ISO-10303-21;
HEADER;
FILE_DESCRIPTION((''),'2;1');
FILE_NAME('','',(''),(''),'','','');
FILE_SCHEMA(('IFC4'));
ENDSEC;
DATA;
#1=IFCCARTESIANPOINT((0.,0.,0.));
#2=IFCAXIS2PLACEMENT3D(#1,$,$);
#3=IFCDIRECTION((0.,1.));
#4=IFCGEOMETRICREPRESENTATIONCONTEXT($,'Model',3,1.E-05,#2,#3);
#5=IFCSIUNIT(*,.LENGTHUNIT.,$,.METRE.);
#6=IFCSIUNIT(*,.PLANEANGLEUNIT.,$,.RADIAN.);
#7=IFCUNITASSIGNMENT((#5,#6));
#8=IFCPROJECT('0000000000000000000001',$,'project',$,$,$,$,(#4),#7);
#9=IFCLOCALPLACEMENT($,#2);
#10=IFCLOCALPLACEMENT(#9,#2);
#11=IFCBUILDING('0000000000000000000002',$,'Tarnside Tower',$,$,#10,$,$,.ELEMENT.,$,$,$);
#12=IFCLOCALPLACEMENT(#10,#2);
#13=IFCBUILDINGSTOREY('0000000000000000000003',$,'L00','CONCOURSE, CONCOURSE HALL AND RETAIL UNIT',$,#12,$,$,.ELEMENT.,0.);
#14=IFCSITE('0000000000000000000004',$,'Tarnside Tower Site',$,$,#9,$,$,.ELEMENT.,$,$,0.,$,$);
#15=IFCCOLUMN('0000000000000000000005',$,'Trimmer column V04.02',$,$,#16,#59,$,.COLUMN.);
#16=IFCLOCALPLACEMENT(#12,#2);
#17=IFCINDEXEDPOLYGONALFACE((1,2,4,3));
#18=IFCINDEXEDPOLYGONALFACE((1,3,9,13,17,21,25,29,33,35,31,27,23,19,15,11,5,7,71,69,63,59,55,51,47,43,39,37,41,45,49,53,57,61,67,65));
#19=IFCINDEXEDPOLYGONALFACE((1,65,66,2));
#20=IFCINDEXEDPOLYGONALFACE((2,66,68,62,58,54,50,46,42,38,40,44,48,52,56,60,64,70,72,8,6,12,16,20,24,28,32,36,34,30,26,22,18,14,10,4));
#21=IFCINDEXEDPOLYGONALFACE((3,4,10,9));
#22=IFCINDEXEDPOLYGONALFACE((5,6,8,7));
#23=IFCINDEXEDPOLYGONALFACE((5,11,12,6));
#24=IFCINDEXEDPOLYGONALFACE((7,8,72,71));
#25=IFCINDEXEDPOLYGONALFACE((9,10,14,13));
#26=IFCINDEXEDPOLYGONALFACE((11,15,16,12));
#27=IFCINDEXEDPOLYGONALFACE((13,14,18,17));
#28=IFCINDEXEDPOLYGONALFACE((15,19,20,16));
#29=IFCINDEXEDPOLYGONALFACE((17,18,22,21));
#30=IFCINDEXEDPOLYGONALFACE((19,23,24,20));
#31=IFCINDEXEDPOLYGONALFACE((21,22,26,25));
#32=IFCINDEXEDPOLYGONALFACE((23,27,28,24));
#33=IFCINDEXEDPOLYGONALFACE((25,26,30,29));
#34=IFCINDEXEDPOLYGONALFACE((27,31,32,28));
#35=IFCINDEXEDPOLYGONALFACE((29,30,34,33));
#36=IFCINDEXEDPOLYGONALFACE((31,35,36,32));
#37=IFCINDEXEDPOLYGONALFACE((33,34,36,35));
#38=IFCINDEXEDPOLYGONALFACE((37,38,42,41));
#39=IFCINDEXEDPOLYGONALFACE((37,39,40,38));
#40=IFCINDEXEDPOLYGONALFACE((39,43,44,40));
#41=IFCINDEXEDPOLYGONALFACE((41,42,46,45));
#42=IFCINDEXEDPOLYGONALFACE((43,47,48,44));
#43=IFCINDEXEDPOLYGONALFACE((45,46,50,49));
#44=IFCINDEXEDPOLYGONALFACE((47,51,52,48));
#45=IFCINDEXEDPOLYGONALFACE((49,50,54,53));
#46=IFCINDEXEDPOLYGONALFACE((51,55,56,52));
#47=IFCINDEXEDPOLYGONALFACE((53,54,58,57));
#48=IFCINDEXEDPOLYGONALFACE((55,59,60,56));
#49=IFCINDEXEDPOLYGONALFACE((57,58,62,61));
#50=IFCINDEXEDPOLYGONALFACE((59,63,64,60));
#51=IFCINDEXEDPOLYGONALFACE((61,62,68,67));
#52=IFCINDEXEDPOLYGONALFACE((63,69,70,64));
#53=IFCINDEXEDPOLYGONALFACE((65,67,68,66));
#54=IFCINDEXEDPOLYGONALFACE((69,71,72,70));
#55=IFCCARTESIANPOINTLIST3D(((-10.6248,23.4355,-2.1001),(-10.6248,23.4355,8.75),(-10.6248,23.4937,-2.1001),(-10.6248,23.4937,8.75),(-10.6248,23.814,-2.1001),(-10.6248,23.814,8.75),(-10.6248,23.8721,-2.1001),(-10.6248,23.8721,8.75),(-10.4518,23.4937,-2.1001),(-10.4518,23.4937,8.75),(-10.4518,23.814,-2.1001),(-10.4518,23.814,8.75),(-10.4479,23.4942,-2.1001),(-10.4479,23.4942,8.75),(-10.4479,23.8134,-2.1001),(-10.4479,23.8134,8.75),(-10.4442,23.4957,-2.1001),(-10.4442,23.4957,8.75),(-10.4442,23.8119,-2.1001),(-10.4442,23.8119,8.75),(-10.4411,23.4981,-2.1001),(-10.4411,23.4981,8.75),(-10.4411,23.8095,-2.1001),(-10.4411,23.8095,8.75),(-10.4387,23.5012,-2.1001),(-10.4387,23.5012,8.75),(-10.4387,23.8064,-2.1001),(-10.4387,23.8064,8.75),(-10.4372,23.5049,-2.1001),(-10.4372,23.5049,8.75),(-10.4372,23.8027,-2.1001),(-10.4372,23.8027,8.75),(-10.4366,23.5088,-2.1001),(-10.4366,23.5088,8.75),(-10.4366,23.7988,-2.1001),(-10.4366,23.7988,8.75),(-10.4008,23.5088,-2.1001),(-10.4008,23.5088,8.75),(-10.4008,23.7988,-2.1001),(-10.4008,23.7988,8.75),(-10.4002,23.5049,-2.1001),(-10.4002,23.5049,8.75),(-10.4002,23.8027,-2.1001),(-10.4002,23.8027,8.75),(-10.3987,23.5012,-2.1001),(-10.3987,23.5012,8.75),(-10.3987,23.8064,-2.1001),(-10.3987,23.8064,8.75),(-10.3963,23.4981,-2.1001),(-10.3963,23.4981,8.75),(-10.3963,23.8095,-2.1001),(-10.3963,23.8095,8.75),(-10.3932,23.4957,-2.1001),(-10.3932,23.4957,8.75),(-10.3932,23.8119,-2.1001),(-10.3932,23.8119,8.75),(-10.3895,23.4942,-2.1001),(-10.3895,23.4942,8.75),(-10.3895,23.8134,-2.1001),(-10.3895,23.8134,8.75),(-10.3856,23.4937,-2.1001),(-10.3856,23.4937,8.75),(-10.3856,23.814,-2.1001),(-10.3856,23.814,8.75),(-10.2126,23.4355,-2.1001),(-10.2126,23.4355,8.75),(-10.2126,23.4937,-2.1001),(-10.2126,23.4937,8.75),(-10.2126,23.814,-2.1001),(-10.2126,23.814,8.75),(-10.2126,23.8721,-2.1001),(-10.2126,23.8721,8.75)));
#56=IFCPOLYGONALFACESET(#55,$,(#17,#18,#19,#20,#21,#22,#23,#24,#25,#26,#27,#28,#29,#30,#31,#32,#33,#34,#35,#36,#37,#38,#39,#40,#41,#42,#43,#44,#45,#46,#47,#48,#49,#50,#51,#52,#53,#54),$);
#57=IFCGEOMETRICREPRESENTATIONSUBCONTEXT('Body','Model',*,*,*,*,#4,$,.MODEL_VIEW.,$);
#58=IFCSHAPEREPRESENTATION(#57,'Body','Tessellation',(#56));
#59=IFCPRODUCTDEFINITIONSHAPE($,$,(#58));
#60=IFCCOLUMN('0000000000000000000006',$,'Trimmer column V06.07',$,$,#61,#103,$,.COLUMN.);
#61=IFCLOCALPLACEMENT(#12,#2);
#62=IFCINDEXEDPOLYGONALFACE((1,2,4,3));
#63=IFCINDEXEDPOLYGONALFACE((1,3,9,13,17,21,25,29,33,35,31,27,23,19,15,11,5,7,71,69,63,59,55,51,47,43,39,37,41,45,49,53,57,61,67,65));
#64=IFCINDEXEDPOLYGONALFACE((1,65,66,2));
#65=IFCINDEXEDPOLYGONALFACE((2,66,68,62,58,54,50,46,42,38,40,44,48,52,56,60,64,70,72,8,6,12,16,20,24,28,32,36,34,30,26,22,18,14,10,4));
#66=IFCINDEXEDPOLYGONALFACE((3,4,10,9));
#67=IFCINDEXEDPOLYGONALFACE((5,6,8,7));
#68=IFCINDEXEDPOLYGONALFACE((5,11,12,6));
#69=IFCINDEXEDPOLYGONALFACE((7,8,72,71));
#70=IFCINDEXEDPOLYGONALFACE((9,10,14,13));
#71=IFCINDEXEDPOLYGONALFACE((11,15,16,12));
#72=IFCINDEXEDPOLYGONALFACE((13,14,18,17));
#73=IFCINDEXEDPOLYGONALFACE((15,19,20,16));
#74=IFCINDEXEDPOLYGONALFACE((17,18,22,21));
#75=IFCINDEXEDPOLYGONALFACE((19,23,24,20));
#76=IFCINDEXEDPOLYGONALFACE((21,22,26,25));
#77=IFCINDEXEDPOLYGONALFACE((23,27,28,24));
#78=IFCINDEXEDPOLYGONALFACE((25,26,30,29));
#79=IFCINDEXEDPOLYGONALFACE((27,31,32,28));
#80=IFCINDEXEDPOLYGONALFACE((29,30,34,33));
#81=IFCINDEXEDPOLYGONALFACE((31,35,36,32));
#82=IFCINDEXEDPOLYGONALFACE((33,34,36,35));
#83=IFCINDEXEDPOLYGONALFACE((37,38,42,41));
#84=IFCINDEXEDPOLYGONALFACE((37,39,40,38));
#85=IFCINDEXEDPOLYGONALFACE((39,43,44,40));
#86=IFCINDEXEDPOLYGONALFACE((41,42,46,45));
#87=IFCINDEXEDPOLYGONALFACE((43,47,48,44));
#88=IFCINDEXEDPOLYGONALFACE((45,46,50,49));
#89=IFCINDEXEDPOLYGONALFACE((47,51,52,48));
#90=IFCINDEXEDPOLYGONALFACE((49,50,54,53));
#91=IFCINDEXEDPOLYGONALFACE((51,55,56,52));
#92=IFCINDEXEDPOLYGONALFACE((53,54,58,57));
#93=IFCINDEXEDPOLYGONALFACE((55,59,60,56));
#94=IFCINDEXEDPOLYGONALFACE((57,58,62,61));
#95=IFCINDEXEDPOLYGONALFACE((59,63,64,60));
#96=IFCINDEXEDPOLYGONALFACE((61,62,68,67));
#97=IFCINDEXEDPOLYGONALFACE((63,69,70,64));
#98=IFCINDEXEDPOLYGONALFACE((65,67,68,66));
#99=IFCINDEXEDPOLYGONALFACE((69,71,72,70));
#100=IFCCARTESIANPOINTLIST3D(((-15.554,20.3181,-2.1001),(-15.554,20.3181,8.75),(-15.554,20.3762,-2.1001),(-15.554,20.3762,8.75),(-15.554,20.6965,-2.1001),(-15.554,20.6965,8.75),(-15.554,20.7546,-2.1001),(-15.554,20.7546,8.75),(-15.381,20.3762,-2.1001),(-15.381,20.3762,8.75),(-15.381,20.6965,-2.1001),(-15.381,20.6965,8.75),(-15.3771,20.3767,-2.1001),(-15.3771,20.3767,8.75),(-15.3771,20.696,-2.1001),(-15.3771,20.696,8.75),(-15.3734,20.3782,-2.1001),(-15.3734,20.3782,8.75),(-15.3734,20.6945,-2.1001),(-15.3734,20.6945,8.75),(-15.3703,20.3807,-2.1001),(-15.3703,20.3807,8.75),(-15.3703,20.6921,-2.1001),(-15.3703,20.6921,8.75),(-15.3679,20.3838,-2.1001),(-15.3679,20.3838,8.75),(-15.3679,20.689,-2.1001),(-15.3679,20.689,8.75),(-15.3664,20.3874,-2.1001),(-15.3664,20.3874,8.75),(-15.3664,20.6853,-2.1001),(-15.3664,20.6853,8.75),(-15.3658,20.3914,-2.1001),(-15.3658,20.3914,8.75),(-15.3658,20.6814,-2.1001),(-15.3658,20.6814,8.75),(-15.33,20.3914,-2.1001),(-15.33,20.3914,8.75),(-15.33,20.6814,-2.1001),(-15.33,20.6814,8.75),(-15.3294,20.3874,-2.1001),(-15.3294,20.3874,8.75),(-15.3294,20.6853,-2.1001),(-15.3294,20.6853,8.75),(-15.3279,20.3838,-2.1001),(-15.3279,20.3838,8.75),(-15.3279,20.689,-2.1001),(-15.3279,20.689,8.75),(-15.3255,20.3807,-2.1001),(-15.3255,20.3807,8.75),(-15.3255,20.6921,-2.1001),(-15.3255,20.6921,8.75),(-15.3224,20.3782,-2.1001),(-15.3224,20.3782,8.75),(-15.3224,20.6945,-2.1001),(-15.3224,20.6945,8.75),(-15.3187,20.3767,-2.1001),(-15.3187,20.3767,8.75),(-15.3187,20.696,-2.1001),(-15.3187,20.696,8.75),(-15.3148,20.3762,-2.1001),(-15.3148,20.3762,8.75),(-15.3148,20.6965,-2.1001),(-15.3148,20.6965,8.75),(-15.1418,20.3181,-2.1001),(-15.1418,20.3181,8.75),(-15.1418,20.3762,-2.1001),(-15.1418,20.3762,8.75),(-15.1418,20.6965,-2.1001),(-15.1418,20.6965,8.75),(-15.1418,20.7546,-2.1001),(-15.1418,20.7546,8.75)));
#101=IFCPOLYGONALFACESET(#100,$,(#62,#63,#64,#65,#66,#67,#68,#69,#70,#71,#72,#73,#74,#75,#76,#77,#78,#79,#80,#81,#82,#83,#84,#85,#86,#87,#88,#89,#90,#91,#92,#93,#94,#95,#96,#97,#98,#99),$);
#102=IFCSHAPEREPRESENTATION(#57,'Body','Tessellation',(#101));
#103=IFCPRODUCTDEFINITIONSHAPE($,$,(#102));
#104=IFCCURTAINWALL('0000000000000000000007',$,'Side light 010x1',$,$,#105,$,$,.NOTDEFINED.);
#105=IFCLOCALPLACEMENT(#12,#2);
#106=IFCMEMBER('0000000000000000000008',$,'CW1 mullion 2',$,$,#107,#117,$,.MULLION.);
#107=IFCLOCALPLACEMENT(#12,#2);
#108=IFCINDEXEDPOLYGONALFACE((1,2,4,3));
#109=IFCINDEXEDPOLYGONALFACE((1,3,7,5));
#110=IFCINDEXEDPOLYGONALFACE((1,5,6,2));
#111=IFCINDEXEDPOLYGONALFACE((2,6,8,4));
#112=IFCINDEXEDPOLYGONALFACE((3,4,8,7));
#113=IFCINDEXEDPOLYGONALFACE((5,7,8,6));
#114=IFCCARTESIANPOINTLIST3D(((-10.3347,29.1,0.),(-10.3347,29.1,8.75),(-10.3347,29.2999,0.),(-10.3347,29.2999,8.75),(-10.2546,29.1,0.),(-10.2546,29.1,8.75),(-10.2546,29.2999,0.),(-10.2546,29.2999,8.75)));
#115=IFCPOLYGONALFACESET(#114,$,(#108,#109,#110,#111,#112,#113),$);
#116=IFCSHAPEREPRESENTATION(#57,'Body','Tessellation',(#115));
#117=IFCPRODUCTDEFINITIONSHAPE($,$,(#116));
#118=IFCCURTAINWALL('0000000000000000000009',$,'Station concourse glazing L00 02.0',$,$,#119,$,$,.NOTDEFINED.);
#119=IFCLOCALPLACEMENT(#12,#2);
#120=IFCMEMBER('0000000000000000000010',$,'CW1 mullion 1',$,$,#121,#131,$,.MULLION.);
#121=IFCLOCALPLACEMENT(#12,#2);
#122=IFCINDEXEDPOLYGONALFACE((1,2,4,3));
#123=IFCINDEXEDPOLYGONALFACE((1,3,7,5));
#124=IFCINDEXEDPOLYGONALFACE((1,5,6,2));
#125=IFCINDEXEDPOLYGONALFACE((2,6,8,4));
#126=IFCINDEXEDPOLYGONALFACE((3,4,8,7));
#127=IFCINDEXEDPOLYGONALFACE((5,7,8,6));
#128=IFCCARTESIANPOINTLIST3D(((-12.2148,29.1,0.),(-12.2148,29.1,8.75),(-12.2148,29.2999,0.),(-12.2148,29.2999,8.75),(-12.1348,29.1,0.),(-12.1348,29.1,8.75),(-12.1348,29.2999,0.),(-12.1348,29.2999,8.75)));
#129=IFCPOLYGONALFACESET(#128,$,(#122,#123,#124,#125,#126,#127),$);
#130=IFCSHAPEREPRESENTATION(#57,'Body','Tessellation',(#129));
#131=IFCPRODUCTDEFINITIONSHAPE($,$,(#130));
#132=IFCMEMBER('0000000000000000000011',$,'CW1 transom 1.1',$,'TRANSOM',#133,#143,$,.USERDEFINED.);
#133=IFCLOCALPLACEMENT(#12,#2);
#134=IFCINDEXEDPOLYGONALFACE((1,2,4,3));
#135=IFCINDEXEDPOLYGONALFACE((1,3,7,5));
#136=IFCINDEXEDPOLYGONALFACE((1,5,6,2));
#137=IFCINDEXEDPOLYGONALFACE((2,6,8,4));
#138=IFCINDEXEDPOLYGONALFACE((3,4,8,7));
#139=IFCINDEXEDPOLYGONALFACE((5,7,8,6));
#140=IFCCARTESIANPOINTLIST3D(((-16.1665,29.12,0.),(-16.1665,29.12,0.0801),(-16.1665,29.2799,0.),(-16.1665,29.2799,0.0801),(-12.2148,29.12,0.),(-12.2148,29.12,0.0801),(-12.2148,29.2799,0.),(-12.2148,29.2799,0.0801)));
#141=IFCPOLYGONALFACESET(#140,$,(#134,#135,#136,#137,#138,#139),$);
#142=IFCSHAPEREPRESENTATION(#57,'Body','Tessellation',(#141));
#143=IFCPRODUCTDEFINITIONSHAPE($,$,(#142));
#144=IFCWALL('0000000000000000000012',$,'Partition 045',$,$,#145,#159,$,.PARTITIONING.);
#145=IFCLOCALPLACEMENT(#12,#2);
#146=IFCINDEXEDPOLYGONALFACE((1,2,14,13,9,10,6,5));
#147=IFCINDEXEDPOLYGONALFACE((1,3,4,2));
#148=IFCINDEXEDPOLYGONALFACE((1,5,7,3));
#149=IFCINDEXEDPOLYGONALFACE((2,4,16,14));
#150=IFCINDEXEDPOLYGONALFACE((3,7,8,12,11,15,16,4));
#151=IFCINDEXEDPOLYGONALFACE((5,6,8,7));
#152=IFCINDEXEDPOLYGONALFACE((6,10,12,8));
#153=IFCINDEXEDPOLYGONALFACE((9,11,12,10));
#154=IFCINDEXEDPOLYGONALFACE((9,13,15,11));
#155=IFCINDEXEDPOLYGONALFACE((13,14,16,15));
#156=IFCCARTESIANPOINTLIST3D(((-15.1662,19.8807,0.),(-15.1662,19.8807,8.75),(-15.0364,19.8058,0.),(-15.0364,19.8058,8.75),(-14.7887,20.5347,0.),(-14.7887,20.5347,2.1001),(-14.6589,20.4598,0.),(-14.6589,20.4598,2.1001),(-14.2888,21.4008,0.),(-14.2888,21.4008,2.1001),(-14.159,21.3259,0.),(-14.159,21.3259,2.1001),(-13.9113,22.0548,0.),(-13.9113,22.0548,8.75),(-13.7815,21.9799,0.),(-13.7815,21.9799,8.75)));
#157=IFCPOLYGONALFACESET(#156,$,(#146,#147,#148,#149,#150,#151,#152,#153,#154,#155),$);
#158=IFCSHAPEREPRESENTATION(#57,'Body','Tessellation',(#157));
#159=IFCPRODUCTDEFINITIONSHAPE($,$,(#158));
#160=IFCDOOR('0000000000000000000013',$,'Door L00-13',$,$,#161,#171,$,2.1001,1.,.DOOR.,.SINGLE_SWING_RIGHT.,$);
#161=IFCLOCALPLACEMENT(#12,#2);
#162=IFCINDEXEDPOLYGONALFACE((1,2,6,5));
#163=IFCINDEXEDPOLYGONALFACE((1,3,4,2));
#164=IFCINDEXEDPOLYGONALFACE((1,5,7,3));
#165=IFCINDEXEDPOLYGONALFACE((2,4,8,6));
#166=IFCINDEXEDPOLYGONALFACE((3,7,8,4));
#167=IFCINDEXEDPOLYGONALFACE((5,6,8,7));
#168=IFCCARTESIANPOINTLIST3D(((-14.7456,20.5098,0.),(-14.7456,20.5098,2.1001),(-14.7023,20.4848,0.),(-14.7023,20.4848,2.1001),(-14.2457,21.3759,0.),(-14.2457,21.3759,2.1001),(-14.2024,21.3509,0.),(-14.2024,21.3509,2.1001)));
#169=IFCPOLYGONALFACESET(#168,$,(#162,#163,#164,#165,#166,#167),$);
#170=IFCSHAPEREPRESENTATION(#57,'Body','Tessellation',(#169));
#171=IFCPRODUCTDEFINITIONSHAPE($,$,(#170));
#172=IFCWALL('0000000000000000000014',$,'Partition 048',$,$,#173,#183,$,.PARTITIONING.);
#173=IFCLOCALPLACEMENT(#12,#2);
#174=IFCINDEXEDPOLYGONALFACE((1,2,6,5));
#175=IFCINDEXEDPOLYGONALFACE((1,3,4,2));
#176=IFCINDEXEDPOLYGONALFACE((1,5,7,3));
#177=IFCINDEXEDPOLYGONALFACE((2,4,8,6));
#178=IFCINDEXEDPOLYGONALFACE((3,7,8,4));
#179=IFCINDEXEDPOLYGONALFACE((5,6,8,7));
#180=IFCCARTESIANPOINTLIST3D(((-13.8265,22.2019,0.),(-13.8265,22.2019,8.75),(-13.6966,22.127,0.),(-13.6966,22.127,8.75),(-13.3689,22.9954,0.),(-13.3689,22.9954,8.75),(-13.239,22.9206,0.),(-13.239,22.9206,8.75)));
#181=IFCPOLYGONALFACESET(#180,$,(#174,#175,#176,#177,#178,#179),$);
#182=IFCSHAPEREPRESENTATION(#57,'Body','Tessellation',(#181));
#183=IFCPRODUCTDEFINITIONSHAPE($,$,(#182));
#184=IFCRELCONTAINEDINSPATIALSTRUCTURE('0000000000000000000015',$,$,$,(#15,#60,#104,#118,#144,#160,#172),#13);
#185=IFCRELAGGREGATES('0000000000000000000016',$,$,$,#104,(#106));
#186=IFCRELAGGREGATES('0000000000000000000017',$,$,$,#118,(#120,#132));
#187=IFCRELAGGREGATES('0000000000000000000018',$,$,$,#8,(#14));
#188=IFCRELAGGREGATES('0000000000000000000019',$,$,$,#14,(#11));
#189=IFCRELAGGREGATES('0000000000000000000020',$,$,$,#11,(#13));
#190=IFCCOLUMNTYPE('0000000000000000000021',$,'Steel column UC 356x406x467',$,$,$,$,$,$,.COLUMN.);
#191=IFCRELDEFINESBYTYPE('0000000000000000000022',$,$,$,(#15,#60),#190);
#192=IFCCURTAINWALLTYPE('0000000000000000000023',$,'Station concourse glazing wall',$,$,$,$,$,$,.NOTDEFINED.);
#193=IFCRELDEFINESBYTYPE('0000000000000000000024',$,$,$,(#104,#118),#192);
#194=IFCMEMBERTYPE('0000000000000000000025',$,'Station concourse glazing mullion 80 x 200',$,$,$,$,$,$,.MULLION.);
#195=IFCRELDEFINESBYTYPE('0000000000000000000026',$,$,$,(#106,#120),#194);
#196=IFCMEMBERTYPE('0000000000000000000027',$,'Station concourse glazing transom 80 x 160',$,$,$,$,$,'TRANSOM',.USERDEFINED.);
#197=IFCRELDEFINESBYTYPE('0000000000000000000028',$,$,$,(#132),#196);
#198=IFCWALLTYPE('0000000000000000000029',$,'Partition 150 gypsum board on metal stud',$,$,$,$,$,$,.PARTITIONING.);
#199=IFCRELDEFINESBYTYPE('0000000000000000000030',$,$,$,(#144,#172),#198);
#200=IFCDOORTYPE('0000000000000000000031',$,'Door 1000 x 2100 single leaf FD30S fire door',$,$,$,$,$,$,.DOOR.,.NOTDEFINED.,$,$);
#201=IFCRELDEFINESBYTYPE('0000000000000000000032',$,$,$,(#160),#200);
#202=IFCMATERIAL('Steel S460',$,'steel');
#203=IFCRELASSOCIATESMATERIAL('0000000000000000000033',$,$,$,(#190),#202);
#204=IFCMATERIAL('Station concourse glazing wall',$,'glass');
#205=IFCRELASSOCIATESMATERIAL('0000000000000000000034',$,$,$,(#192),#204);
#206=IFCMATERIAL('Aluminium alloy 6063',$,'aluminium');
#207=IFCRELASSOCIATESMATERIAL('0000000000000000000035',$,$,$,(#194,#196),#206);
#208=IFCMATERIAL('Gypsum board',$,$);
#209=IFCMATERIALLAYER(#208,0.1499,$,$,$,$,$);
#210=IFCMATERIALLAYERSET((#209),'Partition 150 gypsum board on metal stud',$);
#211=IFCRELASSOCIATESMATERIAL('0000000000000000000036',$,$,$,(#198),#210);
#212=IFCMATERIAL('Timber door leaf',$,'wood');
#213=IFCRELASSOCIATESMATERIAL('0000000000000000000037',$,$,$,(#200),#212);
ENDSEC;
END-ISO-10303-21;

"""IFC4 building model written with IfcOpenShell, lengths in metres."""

from ifc_helpers import new_model, si_unit, direction, frame, frame_2d, origin, origin_2d, place, context, subcontext, project, spatial, rectangle, i_section, extrude, material, layer, layer_set, material_profile, profile_set, type_object, element, fill, aggregate, save


model = new_model("IFC4")

# Units and contexts
model_context = context("Model", 3, precision=1e-05, world=origin(), true_north=direction((0.0, 1.0)))
body_context = subcontext(model_context, "Body", "Model", "MODEL_VIEW")
ifc_project = project(units=[si_unit("LENGTHUNIT", "METRE"), si_unit("PLANEANGLEUNIT", "RADIAN")], contexts=[model_context])

# Site, building, storey
site_placement = place(None, origin())
site = spatial("IfcSite", under=ifc_project, at=site_placement, Name="Tarnside Tower Site", CompositionType="ELEMENT", RefElevation=0.0)
building_placement = place(site_placement, origin())
building = spatial("IfcBuilding", under=site, at=building_placement, Name="Tarnside Tower", CompositionType="ELEMENT")
storey_placement = place(building_placement, origin())
storey = spatial("IfcBuildingStorey", under=building, at=storey_placement, Name="L00", Description="CONCOURSE, CONCOURSE HALL AND RETAIL UNIT", CompositionType="ELEMENT", Elevation=0.0)

# Columns
ifc_material_1 = material(Name="Steel S460", Category="steel")
ifc_material_profile_1 = material_profile(ifc_material_1, i_section(OverallWidth=0.4121, OverallDepth=0.4365, WebThickness=0.0359, FlangeThickness=0.0581, FilletRadius=0.0151, at=origin_2d()), Name="UC 356x406x467")
ifc_profile_set_1 = profile_set([ifc_material_profile_1], Name="Steel S460")
column_type_1 = type_object("IfcColumnType", Name="Steel column UC 356x406x467", PredefinedType="COLUMN", material=ifc_profile_set_1)
for number, where, z_axis, x_axis, name in (
    (1, (-10.4187, 23.6538, -2.1001), (0.0, 0.0, 1.0), (1.0, 0.0, 0.0), "Trimmer column V04.02"),
    (2, (-15.3479, 20.5364, -2.1001), (0.0, 0.0, 1.0), (1.0, 0.0, 0.0), "Trimmer column V06.07"),
):
    element("IfcColumn", number, at=place(storey_placement, frame(where, z_axis=z_axis, x_axis=x_axis)), inside=storey, type_object=column_type_1, Name=name, PredefinedType="COLUMN", context=body_context, shape_type="SweptSolid", body=[
        extrude(i_section(OverallWidth=0.4121, OverallDepth=0.4365, WebThickness=0.0359, FlangeThickness=0.0581, FilletRadius=0.0151, at=origin_2d()), origin(), (0.0, 0.0, 1.0), 10.8501),
    ])

# Curtain wall, member
ifc_material_2 = material(Name="Station concourse glazing wall", Category="glass")
curtain_wall_type = type_object("IfcCurtainWallType", Name="Station concourse glazing wall", PredefinedType="NOTDEFINED", material=ifc_material_2)
curtain_wall_1_placement = place(storey_placement, origin())
curtain_wall_1 = element("IfcCurtainWall", 3, at=curtain_wall_1_placement, inside=storey, type_object=curtain_wall_type, Name="Side light 010x1", PredefinedType="NOTDEFINED")
ifc_material_3 = material(Name="Aluminium alloy 6063", Category="aluminium")
ifc_material_profile_2 = material_profile(ifc_material_3, rectangle(XDim=0.2, YDim=0.0801, at=origin_2d()), Name="Station concourse glazing mullion 80 x 200")
ifc_profile_set_2 = profile_set([ifc_material_profile_2], Name="Aluminium alloy 6063")
member_type_1 = type_object("IfcMemberType", Name="Station concourse glazing mullion 80 x 200", PredefinedType="MULLION", material=ifc_profile_set_2)
member_1_placement = place(storey_placement, frame((-10.2947, 29.2, 0.0), z_axis=(0.0, 0.0, 1.0), x_axis=(0.0, -1.0, 0.0)))
member_1 = element("IfcMember", 4, at=member_1_placement, type_object=member_type_1, Name="CW1 mullion 2", PredefinedType="MULLION", context=body_context, shape_type="SweptSolid", body=[
    extrude(rectangle(XDim=0.2, YDim=0.0801, at=origin_2d()), origin(), (0.0, 0.0, 1.0), 8.75),
])
aggregate(curtain_wall_1, [member_1])

# Curtain wall, members
curtain_wall_2_placement = place(storey_placement, origin())
curtain_wall_2 = element("IfcCurtainWall", 5, at=curtain_wall_2_placement, inside=storey, type_object=curtain_wall_type, Name="Station concourse glazing L00 02.0", PredefinedType="NOTDEFINED")
member_2_placement = place(storey_placement, frame((-12.1748, 29.2, 0.0), z_axis=(0.0, 0.0, 1.0), x_axis=(0.0, -1.0, 0.0)))
member_2 = element("IfcMember", 6, at=member_2_placement, type_object=member_type_1, Name="CW1 mullion 1", PredefinedType="MULLION", context=body_context, shape_type="SweptSolid", body=[
    extrude(rectangle(XDim=0.2, YDim=0.0801, at=origin_2d()), origin(), (0.0, 0.0, 1.0), 8.75),
])
ifc_material_profile_3 = material_profile(ifc_material_3, rectangle(XDim=0.1599, YDim=0.0801, at=origin_2d()), Name="Station concourse glazing transom 80 x 160")
ifc_profile_set_3 = profile_set([ifc_material_profile_3], Name="Aluminium alloy 6063")
member_type_2 = type_object("IfcMemberType", Name="Station concourse glazing transom 80 x 160", ElementType="TRANSOM", PredefinedType="USERDEFINED", material=ifc_profile_set_3)
member_3_placement = place(storey_placement, frame((-12.2148, 29.2, 0.04), z_axis=(-1.0, 0.0, 0.0), x_axis=(0.0, -1.0, 0.0)))
member_3 = element("IfcMember", 7, at=member_3_placement, type_object=member_type_2, Name="CW1 transom 1.1", ObjectType="TRANSOM", PredefinedType="USERDEFINED", context=body_context, shape_type="SweptSolid", body=[
    extrude(rectangle(XDim=0.1599, YDim=0.0801, at=origin_2d()), origin(), (0.0, 0.0, 1.0), 3.9517),
])
aggregate(curtain_wall_2, [member_2, member_3])

# Wall, opening, door
ifc_material_4 = material(Name="Gypsum board")
ifc_layer_1 = layer(ifc_material_4, 0.1499)
ifc_layer_set_1 = layer_set([ifc_layer_1], Name="Partition 150 gypsum board on metal stud")
wall_type_1 = type_object("IfcWallType", Name="Partition 150 gypsum board on metal stud", PredefinedType="PARTITIONING", material=ifc_layer_set_1)
wall_1_placement = place(storey_placement, frame((-13.8464, 22.0173, 0.0), z_axis=(0.0, 0.0, 1.0), x_axis=(-0.499905, -0.86608, 0.0)))
wall_1 = element("IfcWall", 8, at=wall_1_placement, inside=storey, type_object=wall_type_1, Name="Partition 045", PredefinedType="PARTITIONING", context=body_context, shape_type="SweptSolid", body=[
    extrude(rectangle(XDim=2.5103, YDim=0.1499, at=frame_2d((1.2551, 0.0))), origin(), (0.0, 0.0, 1.0), 8.75),
])
opening_1_placement = place(wall_1_placement, frame((0.7551, 0.0, 0.0)))
opening_1 = element("IfcOpeningElement", 9, at=opening_1_placement, cuts=wall_1, PredefinedType="OPENING", context=body_context, shape_type="SweptSolid", body=[
    extrude(rectangle(XDim=1.0, YDim=2.1001, at=frame_2d((0.5, 1.05))), frame((0.0, 0.085, 0.0), z_axis=(0.0, -1.0, 0.0), x_axis=(1.0, 0.0, 0.0)), (0.0, 0.0, 1.0), 0.1699),
])
ifc_material_5 = material(Name="Timber door leaf", Category="wood")
door_type = type_object("IfcDoorType", Name="Door 1000 x 2100 single leaf FD30S fire door", OperationType="NOTDEFINED", PredefinedType="DOOR", material=ifc_material_5)
door_1_placement = place(opening_1_placement, origin())
door_1 = element("IfcDoor", 10, at=door_1_placement, inside=storey, type_object=door_type, Name="Door L00-13", OperationType="SINGLE_SWING_RIGHT", OverallHeight=2.1001, OverallWidth=1.0, PredefinedType="DOOR", context=body_context, shape_type="SweptSolid", body=[
    extrude(rectangle(XDim=1.0, YDim=2.1001, at=frame_2d((0.5, 1.05))), frame((0.0, 0.0249, 0.0), z_axis=(0.0, -1.0, 0.0), x_axis=(1.0, 0.0, 0.0)), (0.0, 0.0, 1.0), 0.05),
])
fill(opening_1, door_1)

# Wall
wall_2_placement = place(storey_placement, frame((-13.304, 22.958, 0.0), z_axis=(0.0, 0.0, 1.0), x_axis=(-0.499522, -0.866301, 0.0)))
element("IfcWall", 11, at=wall_2_placement, inside=storey, type_object=wall_type_1, Name="Partition 048", PredefinedType="PARTITIONING", context=body_context, shape_type="SweptSolid", body=[
    extrude(rectangle(XDim=0.916, YDim=0.1499, at=frame_2d((0.458, 0.0))), origin(), (0.0, 0.0, 1.0), 8.75),
])

save(model, "model.ifc")
